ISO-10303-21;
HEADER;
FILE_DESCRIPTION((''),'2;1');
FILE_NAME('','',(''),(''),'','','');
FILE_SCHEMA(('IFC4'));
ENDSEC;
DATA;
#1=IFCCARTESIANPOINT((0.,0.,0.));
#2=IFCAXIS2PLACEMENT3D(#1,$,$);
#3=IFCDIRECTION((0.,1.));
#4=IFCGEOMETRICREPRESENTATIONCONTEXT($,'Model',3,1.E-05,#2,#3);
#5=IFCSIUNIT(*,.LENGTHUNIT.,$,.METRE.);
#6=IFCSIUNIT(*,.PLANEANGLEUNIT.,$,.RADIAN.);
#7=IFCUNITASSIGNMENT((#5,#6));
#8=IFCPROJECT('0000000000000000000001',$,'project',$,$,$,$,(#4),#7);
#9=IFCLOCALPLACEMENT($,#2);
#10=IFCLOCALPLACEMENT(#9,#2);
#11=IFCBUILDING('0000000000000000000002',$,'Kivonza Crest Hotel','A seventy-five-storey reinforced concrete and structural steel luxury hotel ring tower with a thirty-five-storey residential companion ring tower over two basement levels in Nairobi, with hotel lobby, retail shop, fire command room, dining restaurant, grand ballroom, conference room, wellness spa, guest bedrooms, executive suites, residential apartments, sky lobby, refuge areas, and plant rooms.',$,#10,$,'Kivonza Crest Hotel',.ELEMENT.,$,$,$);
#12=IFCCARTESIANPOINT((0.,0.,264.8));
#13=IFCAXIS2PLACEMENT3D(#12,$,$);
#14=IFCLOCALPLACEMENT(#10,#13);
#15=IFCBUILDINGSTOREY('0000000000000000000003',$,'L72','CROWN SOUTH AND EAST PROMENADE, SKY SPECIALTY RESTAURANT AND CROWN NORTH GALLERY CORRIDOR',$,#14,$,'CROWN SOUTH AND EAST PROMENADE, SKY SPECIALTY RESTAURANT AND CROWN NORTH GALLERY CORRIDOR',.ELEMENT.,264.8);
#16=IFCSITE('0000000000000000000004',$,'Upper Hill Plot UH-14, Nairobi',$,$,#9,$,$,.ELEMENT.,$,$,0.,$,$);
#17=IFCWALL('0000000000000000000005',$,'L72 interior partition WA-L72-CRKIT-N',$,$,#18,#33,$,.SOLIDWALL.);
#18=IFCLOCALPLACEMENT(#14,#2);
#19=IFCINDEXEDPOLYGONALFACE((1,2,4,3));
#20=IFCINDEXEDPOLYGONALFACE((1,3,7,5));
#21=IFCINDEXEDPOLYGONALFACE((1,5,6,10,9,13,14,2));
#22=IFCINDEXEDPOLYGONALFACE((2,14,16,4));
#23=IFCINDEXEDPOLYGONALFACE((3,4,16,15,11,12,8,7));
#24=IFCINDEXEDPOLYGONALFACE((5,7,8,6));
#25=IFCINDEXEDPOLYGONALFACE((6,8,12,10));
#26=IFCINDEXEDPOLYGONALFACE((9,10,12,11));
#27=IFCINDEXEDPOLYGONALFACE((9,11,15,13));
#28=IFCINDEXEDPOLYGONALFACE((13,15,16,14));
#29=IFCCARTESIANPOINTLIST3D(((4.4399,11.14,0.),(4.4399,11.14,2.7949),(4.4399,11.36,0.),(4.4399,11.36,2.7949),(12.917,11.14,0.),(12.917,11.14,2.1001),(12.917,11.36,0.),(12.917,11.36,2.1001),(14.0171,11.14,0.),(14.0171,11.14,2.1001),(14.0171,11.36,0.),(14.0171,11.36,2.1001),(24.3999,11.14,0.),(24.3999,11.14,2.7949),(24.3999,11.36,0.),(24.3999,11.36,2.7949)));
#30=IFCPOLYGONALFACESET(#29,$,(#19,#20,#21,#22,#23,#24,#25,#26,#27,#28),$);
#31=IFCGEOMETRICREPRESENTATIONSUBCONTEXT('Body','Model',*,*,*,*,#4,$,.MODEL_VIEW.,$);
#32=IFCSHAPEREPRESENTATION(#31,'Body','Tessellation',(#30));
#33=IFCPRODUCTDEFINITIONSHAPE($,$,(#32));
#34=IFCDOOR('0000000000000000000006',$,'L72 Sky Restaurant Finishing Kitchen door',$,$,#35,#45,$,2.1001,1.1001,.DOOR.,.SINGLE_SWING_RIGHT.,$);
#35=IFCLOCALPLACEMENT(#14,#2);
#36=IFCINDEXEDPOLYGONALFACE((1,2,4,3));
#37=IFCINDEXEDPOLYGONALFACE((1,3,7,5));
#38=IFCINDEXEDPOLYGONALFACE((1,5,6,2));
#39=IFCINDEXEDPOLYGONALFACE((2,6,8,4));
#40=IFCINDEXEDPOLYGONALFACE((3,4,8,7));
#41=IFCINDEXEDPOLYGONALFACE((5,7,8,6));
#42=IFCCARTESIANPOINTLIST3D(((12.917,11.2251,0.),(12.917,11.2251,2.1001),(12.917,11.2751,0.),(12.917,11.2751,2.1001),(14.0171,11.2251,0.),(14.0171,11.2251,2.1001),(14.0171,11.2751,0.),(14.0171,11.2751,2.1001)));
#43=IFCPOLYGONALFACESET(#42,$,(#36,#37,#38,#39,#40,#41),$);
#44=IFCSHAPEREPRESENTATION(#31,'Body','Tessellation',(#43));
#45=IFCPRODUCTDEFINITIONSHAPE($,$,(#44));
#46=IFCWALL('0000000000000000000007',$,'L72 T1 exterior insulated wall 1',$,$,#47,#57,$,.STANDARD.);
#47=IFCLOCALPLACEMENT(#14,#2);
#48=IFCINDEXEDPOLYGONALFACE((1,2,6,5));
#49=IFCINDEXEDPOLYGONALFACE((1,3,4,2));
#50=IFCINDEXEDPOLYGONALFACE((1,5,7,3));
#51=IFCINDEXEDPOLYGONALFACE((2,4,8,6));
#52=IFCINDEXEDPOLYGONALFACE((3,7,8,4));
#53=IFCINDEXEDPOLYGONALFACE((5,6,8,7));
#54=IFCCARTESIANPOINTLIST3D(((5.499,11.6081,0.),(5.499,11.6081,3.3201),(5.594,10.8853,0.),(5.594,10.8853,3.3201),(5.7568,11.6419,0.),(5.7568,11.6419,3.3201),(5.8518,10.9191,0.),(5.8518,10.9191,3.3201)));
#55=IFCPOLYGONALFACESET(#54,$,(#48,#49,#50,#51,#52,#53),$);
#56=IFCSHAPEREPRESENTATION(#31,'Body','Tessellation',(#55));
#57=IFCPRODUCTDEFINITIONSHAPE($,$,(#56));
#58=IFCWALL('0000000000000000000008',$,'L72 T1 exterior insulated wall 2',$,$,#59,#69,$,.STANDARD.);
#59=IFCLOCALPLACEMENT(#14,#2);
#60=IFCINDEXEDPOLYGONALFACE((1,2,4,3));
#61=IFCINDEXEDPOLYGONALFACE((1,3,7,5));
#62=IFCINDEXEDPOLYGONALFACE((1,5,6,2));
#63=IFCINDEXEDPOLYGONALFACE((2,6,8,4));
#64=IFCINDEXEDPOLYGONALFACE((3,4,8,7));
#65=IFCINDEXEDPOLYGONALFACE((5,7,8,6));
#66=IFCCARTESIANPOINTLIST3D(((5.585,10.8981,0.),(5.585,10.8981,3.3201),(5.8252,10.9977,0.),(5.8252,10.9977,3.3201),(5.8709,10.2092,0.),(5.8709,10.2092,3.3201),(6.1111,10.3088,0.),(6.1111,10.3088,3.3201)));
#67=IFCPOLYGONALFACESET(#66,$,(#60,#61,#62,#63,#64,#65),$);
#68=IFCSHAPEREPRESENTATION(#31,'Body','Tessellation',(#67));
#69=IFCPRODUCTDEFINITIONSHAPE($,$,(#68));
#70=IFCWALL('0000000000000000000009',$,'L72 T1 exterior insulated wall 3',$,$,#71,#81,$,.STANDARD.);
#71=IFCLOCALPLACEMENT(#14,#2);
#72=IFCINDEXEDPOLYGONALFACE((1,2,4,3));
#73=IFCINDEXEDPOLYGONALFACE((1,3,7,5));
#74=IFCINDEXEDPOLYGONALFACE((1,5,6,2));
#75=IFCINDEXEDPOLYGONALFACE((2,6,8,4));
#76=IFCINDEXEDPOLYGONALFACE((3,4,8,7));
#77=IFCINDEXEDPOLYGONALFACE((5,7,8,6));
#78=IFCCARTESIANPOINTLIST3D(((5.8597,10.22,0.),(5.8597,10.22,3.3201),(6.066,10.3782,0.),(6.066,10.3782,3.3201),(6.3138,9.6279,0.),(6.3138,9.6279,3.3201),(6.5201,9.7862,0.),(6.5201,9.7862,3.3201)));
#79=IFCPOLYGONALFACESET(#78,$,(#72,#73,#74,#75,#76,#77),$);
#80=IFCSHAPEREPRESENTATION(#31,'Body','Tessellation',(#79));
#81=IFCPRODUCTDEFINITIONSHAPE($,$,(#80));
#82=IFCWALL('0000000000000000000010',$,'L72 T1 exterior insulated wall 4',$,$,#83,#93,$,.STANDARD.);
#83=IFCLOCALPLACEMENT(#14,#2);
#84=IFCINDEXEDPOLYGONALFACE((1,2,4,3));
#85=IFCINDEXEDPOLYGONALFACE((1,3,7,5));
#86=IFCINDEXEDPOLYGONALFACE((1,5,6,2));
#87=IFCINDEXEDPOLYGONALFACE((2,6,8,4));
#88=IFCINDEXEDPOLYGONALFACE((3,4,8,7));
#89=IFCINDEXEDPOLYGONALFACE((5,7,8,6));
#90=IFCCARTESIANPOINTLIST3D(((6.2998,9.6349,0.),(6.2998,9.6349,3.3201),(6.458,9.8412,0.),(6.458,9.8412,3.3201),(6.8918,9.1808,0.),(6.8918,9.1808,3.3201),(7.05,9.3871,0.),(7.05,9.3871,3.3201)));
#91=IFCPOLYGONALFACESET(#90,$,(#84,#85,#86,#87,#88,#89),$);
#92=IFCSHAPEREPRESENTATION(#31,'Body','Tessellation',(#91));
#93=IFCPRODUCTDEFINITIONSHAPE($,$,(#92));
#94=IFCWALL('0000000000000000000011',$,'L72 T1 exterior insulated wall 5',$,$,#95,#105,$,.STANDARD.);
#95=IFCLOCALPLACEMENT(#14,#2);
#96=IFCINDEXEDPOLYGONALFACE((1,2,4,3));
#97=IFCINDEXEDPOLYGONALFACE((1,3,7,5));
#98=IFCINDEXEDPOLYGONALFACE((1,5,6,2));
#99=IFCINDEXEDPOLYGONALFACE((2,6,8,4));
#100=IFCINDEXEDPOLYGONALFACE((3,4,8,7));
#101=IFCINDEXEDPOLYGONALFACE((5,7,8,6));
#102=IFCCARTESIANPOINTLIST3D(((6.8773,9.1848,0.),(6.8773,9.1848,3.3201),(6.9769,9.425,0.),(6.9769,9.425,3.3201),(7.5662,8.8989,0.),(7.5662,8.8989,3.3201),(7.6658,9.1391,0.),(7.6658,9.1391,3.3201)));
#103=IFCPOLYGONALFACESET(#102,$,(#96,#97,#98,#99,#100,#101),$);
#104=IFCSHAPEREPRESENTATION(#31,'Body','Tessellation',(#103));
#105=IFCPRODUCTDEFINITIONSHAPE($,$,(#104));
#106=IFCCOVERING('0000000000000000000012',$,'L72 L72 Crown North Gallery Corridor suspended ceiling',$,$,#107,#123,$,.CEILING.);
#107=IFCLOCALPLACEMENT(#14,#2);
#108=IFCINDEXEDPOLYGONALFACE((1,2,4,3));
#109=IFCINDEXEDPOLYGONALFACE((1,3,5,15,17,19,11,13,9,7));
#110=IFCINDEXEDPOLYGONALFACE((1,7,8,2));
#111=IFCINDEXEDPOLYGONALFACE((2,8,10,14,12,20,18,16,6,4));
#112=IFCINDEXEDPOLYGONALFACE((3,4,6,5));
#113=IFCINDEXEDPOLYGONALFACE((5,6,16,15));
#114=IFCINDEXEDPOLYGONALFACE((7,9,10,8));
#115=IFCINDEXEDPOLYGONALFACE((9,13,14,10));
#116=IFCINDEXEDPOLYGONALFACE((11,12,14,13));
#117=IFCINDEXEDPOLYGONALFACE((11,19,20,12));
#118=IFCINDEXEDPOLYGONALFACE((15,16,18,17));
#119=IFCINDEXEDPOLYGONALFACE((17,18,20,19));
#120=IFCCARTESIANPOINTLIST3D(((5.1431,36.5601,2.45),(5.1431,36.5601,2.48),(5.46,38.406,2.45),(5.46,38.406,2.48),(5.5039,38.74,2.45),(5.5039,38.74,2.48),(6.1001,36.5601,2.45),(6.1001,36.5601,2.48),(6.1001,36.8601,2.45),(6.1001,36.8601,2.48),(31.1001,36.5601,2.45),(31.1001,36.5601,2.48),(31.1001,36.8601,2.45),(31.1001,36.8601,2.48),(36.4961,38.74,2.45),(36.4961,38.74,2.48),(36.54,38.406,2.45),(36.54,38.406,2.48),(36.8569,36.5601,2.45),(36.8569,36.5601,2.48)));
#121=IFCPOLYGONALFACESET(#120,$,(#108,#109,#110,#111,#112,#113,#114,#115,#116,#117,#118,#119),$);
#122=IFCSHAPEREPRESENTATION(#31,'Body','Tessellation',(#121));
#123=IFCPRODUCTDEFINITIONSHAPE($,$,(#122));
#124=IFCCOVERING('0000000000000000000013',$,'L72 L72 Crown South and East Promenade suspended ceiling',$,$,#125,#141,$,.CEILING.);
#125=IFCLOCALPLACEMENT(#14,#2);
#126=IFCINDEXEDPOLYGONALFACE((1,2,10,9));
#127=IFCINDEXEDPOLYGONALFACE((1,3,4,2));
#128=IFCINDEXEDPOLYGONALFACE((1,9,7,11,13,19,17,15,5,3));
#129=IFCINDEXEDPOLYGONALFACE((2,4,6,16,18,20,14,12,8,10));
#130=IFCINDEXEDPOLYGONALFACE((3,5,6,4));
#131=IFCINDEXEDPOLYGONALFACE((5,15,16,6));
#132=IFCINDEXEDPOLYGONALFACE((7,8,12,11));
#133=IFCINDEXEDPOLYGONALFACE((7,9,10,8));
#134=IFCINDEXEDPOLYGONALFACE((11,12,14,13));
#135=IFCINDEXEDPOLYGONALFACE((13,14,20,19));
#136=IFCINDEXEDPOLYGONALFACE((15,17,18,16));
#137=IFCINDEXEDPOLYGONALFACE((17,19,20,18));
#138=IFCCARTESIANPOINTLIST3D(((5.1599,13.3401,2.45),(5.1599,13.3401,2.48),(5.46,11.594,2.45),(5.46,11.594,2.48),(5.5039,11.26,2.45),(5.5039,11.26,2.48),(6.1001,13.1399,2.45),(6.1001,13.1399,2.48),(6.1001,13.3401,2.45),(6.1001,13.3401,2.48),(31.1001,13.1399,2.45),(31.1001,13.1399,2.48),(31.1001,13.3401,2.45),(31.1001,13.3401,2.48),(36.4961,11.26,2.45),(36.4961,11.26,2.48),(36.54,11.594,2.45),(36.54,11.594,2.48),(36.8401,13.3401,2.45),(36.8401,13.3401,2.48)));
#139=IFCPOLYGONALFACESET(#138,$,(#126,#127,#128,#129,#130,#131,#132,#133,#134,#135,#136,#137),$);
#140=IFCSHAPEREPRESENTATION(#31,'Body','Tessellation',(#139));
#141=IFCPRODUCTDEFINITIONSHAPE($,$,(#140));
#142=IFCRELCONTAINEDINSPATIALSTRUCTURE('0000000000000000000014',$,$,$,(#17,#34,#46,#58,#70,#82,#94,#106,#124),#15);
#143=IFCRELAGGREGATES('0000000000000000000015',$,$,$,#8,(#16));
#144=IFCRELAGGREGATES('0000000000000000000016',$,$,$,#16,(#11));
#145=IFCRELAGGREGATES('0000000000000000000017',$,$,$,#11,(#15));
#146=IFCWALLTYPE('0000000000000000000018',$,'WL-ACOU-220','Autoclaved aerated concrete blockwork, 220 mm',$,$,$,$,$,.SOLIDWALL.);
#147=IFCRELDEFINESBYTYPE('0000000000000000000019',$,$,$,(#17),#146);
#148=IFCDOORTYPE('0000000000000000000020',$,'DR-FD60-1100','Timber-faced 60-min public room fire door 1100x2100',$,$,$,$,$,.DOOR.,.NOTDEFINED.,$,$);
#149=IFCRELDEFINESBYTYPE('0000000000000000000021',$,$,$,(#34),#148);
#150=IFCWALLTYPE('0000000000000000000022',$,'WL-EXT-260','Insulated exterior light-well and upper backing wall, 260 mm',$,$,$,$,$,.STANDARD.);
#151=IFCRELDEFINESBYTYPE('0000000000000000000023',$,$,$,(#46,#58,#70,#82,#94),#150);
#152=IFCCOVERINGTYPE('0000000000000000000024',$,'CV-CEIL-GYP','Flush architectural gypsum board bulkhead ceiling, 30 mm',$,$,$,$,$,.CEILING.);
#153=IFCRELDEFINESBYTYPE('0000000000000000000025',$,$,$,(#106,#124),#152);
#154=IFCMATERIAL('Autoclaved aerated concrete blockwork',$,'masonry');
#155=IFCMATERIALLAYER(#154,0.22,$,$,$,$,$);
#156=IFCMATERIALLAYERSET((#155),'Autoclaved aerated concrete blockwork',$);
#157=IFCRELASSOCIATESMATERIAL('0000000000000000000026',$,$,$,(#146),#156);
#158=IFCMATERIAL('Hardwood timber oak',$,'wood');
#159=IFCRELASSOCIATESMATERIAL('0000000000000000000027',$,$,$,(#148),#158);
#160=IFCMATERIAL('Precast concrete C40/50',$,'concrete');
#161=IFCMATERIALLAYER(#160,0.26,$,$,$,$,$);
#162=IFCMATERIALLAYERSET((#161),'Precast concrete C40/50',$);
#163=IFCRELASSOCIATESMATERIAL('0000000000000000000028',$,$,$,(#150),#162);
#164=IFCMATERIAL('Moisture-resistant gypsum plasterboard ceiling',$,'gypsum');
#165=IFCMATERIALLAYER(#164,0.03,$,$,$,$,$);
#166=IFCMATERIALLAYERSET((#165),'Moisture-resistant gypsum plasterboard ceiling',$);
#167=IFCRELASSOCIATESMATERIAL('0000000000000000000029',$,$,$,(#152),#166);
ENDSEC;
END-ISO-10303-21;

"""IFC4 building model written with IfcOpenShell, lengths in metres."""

from ifc_helpers import new_model, si_unit, direction, frame, frame_2d, origin, place, context, subcontext, project, spatial, polyline, rectangle, outline, extrude, material, layer, layer_set, type_object, element, fill, save


model = new_model("IFC4")

# Units and contexts
model_context = context("Model", 3, precision=1e-05, world=origin(), true_north=direction((0.0, 1.0)))
body_context = subcontext(model_context, "Body", "Model", "MODEL_VIEW")
ifc_project = project(units=[si_unit("LENGTHUNIT", "METRE"), si_unit("PLANEANGLEUNIT", "RADIAN")], contexts=[model_context])

# Site, building, storey
site_placement = place(None, origin())
site = spatial("IfcSite", under=ifc_project, at=site_placement, Name="Upper Hill Plot UH-14, Nairobi", CompositionType="ELEMENT", RefElevation=0.0)
building_placement = place(site_placement, origin())
building = spatial("IfcBuilding", under=site, at=building_placement, Name="Kivonza Crest Hotel", Description="A seventy-five-storey reinforced concrete and structural steel luxury hotel ring tower with a thirty-five-storey residential companion ring tower over two basement levels in Nairobi, with hotel lobby, retail shop, fire command room, dining restaurant, grand ballroom, conference room, wellness spa, guest bedrooms, executive suites, residential apartments, sky lobby, refuge areas, and plant rooms.", LongName="Kivonza Crest Hotel", CompositionType="ELEMENT")
storey_placement = place(building_placement, frame((0.0, 0.0, 264.8)))
storey = spatial("IfcBuildingStorey", under=building, at=storey_placement, Name="L72", Description="CROWN SOUTH AND EAST PROMENADE, SKY SPECIALTY RESTAURANT AND CROWN NORTH GALLERY CORRIDOR", LongName="CROWN SOUTH AND EAST PROMENADE, SKY SPECIALTY RESTAURANT AND CROWN NORTH GALLERY CORRIDOR", CompositionType="ELEMENT", Elevation=264.8)

# Wall, opening, door
ifc_material_1 = material(Name="Autoclaved aerated concrete blockwork", Category="masonry")
ifc_layer_1 = layer(ifc_material_1, 0.22)
ifc_layer_set_1 = layer_set([ifc_layer_1], Name="Autoclaved aerated concrete blockwork")
wall_type_1 = type_object("IfcWallType", Name="WL-ACOU-220", Description="Autoclaved aerated concrete blockwork, 220 mm", PredefinedType="SOLIDWALL", material=ifc_layer_set_1)
wall_1_placement = place(storey_placement, frame((4.4399, 11.25, 0.0), z_axis=(0.0, 0.0, 1.0), x_axis=(1.0, 0.0, 0.0)))
wall_1 = element("IfcWall", 1, at=wall_1_placement, inside=storey, type_object=wall_type_1, Name="L72 interior partition WA-L72-CRKIT-N", PredefinedType="SOLIDWALL", context=body_context, shape_type="SweptSolid", body=[
    extrude(rectangle(XDim=19.96, YDim=0.22, at=frame_2d((9.98, 0.0))), origin(), (0.0, 0.0, 1.0), 2.7949),
])
opening_1_placement = place(wall_1_placement, frame((8.4771, 0.0, 0.0)))
opening_1 = element("IfcOpeningElement", 2, at=opening_1_placement, cuts=wall_1, PredefinedType="OPENING", context=body_context, shape_type="SweptSolid", body=[
    extrude(rectangle(XDim=1.1001, YDim=2.1001, at=frame_2d((0.55, 1.05))), frame((0.0, 0.1201, 0.0), z_axis=(0.0, -1.0, 0.0), x_axis=(1.0, 0.0, 0.0)), (0.0, 0.0, 1.0), 0.24),
])
ifc_material_2 = material(Name="Hardwood timber oak", Category="wood")
door_type_1 = type_object("IfcDoorType", Name="DR-FD60-1100", Description="Timber-faced 60-min public room fire door 1100x2100", OperationType="NOTDEFINED", PredefinedType="DOOR", material=ifc_material_2)
door_1_placement = place(opening_1_placement, frame((1.1001, 0.0, 0.0), z_axis=(0.0, 0.0, 1.0), x_axis=(-1.0, 0.0, 0.0)))
door_1 = element("IfcDoor", 3, at=door_1_placement, inside=storey, type_object=door_type_1, Name="L72 Sky Restaurant Finishing Kitchen door", OperationType="SINGLE_SWING_RIGHT", OverallHeight=2.1001, OverallWidth=1.1001, PredefinedType="DOOR", context=body_context, shape_type="SweptSolid", body=[
    extrude(rectangle(XDim=1.1001, YDim=2.1001, at=frame_2d((0.55, 1.05))), frame((0.0, 0.0249, 0.0), z_axis=(0.0, -1.0, 0.0), x_axis=(1.0, 0.0, 0.0)), (0.0, 0.0, 1.0), 0.05),
])
fill(opening_1, door_1)

# Walls
ifc_material_3 = material(Name="Precast concrete C40/50", Category="concrete")
ifc_layer_2 = layer(ifc_material_3, 0.26)
ifc_layer_set_2 = layer_set([ifc_layer_2], Name="Precast concrete C40/50")
wall_type_2 = type_object("IfcWallType", Name="WL-EXT-260", Description="Insulated exterior light-well and upper backing wall, 260 mm", PredefinedType="STANDARD", material=ifc_layer_set_2)
wall_2_placement = place(storey_placement, frame((5.6279, 11.625, 0.0), z_axis=(0.0, 0.0, 1.0), x_axis=(0.130255, -0.99148, 0.0)))
element("IfcWall", 4, at=wall_2_placement, inside=storey, type_object=wall_type_2, Name="L72 T1 exterior insulated wall 1", PredefinedType="STANDARD", context=body_context, shape_type="SweptSolid", body=[
    extrude(rectangle(XDim=0.729, YDim=0.26, at=frame_2d((0.3645, 0.0))), origin(), (0.0, 0.0, 1.0), 3.3201),
])
wall_3_placement = place(storey_placement, frame((5.7051, 10.948, 0.0), z_axis=(0.0, 0.0, 1.0), x_axis=(0.383267, -0.923638, 0.0)))
element("IfcWall", 5, at=wall_3_placement, inside=storey, type_object=wall_type_2, Name="L72 T1 exterior insulated wall 2", PredefinedType="STANDARD", context=body_context, shape_type="SweptSolid", body=[
    extrude(rectangle(XDim=0.7458, YDim=0.26, at=frame_2d((0.373, 0.0))), origin(), (0.0, 0.0, 1.0), 3.3201),
])
for number, where, z_axis, x_axis, name in (
    (6, (5.9629, 10.2991, 0.0), (0.0, 0.0, 1.0), (0.608603, -0.793475, 0.0), "L72 T1 exterior insulated wall 3"),
    (7, (6.3789, 9.738, 0.0), (0.0, 0.0, 1.0), (0.793475, -0.608603, 0.0), "L72 T1 exterior insulated wall 4"),
):
    element("IfcWall", number, at=place(storey_placement, frame(where, z_axis=z_axis, x_axis=x_axis)), inside=storey, type_object=wall_type_2, Name=name, PredefinedType="STANDARD", context=body_context, shape_type="SweptSolid", body=[
        extrude(rectangle(XDim=0.7461, YDim=0.26, at=frame_2d((0.373, 0.0))), origin(), (0.0, 0.0, 1.0), 3.3201),
    ])
wall_4_placement = place(storey_placement, frame((6.927, 9.3049, 0.0), z_axis=(0.0, 0.0, 1.0), x_axis=(0.923638, -0.383267, 0.0)))
element("IfcWall", 8, at=wall_4_placement, inside=storey, type_object=wall_type_2, Name="L72 T1 exterior insulated wall 5", PredefinedType="STANDARD", context=body_context, shape_type="SweptSolid", body=[
    extrude(rectangle(XDim=0.7458, YDim=0.26, at=frame_2d((0.373, 0.0))), origin(), (0.0, 0.0, 1.0), 3.3201),
])

# Coverings
ifc_material_4 = material(Name="Moisture-resistant gypsum plasterboard ceiling", Category="gypsum")
ifc_layer_3 = layer(ifc_material_4, 0.03)
ifc_layer_set_3 = layer_set([ifc_layer_3], Name="Moisture-resistant gypsum plasterboard ceiling")
covering_type = type_object("IfcCoveringType", Name="CV-CEIL-GYP", Description="Flush architectural gypsum board bulkhead ceiling, 30 mm", PredefinedType="CEILING", material=ifc_layer_set_3)
covering_1_placement = place(storey_placement, frame((0.0, 0.0, 2.45)))
element("IfcCovering", 9, at=covering_1_placement, inside=storey, type_object=covering_type, Name="L72 L72 Crown North Gallery Corridor suspended ceiling", PredefinedType="CEILING", context=body_context, shape_type="SweptSolid", body=[
    extrude(outline(polyline([(5.5039, 38.74), (5.46, 38.406), (5.1431, 36.5601), (6.1001, 36.5601), (6.1001, 36.8601), (31.1001, 36.8601), (31.1001, 36.5601), (36.8569, 36.5601), (36.54, 38.406), (36.4961, 38.74), (5.5039, 38.74)])), origin(), (0.0, 0.0, 1.0), 0.03),
])
covering_2_placement = place(storey_placement, frame((0.0, 0.0, 2.45)))
element("IfcCovering", 10, at=covering_2_placement, inside=storey, type_object=covering_type, Name="L72 L72 Crown South and East Promenade suspended ceiling", PredefinedType="CEILING", context=body_context, shape_type="SweptSolid", body=[
    extrude(outline(polyline([(36.54, 11.594), (36.8401, 13.3401), (31.1001, 13.3401), (31.1001, 13.1399), (6.1001, 13.1399), (6.1001, 13.3401), (5.1599, 13.3401), (5.46, 11.594), (5.5039, 11.26), (36.4961, 11.26), (36.54, 11.594)])), origin(), (0.0, 0.0, 1.0), 0.03),
])

save(model, "model.ifc")
